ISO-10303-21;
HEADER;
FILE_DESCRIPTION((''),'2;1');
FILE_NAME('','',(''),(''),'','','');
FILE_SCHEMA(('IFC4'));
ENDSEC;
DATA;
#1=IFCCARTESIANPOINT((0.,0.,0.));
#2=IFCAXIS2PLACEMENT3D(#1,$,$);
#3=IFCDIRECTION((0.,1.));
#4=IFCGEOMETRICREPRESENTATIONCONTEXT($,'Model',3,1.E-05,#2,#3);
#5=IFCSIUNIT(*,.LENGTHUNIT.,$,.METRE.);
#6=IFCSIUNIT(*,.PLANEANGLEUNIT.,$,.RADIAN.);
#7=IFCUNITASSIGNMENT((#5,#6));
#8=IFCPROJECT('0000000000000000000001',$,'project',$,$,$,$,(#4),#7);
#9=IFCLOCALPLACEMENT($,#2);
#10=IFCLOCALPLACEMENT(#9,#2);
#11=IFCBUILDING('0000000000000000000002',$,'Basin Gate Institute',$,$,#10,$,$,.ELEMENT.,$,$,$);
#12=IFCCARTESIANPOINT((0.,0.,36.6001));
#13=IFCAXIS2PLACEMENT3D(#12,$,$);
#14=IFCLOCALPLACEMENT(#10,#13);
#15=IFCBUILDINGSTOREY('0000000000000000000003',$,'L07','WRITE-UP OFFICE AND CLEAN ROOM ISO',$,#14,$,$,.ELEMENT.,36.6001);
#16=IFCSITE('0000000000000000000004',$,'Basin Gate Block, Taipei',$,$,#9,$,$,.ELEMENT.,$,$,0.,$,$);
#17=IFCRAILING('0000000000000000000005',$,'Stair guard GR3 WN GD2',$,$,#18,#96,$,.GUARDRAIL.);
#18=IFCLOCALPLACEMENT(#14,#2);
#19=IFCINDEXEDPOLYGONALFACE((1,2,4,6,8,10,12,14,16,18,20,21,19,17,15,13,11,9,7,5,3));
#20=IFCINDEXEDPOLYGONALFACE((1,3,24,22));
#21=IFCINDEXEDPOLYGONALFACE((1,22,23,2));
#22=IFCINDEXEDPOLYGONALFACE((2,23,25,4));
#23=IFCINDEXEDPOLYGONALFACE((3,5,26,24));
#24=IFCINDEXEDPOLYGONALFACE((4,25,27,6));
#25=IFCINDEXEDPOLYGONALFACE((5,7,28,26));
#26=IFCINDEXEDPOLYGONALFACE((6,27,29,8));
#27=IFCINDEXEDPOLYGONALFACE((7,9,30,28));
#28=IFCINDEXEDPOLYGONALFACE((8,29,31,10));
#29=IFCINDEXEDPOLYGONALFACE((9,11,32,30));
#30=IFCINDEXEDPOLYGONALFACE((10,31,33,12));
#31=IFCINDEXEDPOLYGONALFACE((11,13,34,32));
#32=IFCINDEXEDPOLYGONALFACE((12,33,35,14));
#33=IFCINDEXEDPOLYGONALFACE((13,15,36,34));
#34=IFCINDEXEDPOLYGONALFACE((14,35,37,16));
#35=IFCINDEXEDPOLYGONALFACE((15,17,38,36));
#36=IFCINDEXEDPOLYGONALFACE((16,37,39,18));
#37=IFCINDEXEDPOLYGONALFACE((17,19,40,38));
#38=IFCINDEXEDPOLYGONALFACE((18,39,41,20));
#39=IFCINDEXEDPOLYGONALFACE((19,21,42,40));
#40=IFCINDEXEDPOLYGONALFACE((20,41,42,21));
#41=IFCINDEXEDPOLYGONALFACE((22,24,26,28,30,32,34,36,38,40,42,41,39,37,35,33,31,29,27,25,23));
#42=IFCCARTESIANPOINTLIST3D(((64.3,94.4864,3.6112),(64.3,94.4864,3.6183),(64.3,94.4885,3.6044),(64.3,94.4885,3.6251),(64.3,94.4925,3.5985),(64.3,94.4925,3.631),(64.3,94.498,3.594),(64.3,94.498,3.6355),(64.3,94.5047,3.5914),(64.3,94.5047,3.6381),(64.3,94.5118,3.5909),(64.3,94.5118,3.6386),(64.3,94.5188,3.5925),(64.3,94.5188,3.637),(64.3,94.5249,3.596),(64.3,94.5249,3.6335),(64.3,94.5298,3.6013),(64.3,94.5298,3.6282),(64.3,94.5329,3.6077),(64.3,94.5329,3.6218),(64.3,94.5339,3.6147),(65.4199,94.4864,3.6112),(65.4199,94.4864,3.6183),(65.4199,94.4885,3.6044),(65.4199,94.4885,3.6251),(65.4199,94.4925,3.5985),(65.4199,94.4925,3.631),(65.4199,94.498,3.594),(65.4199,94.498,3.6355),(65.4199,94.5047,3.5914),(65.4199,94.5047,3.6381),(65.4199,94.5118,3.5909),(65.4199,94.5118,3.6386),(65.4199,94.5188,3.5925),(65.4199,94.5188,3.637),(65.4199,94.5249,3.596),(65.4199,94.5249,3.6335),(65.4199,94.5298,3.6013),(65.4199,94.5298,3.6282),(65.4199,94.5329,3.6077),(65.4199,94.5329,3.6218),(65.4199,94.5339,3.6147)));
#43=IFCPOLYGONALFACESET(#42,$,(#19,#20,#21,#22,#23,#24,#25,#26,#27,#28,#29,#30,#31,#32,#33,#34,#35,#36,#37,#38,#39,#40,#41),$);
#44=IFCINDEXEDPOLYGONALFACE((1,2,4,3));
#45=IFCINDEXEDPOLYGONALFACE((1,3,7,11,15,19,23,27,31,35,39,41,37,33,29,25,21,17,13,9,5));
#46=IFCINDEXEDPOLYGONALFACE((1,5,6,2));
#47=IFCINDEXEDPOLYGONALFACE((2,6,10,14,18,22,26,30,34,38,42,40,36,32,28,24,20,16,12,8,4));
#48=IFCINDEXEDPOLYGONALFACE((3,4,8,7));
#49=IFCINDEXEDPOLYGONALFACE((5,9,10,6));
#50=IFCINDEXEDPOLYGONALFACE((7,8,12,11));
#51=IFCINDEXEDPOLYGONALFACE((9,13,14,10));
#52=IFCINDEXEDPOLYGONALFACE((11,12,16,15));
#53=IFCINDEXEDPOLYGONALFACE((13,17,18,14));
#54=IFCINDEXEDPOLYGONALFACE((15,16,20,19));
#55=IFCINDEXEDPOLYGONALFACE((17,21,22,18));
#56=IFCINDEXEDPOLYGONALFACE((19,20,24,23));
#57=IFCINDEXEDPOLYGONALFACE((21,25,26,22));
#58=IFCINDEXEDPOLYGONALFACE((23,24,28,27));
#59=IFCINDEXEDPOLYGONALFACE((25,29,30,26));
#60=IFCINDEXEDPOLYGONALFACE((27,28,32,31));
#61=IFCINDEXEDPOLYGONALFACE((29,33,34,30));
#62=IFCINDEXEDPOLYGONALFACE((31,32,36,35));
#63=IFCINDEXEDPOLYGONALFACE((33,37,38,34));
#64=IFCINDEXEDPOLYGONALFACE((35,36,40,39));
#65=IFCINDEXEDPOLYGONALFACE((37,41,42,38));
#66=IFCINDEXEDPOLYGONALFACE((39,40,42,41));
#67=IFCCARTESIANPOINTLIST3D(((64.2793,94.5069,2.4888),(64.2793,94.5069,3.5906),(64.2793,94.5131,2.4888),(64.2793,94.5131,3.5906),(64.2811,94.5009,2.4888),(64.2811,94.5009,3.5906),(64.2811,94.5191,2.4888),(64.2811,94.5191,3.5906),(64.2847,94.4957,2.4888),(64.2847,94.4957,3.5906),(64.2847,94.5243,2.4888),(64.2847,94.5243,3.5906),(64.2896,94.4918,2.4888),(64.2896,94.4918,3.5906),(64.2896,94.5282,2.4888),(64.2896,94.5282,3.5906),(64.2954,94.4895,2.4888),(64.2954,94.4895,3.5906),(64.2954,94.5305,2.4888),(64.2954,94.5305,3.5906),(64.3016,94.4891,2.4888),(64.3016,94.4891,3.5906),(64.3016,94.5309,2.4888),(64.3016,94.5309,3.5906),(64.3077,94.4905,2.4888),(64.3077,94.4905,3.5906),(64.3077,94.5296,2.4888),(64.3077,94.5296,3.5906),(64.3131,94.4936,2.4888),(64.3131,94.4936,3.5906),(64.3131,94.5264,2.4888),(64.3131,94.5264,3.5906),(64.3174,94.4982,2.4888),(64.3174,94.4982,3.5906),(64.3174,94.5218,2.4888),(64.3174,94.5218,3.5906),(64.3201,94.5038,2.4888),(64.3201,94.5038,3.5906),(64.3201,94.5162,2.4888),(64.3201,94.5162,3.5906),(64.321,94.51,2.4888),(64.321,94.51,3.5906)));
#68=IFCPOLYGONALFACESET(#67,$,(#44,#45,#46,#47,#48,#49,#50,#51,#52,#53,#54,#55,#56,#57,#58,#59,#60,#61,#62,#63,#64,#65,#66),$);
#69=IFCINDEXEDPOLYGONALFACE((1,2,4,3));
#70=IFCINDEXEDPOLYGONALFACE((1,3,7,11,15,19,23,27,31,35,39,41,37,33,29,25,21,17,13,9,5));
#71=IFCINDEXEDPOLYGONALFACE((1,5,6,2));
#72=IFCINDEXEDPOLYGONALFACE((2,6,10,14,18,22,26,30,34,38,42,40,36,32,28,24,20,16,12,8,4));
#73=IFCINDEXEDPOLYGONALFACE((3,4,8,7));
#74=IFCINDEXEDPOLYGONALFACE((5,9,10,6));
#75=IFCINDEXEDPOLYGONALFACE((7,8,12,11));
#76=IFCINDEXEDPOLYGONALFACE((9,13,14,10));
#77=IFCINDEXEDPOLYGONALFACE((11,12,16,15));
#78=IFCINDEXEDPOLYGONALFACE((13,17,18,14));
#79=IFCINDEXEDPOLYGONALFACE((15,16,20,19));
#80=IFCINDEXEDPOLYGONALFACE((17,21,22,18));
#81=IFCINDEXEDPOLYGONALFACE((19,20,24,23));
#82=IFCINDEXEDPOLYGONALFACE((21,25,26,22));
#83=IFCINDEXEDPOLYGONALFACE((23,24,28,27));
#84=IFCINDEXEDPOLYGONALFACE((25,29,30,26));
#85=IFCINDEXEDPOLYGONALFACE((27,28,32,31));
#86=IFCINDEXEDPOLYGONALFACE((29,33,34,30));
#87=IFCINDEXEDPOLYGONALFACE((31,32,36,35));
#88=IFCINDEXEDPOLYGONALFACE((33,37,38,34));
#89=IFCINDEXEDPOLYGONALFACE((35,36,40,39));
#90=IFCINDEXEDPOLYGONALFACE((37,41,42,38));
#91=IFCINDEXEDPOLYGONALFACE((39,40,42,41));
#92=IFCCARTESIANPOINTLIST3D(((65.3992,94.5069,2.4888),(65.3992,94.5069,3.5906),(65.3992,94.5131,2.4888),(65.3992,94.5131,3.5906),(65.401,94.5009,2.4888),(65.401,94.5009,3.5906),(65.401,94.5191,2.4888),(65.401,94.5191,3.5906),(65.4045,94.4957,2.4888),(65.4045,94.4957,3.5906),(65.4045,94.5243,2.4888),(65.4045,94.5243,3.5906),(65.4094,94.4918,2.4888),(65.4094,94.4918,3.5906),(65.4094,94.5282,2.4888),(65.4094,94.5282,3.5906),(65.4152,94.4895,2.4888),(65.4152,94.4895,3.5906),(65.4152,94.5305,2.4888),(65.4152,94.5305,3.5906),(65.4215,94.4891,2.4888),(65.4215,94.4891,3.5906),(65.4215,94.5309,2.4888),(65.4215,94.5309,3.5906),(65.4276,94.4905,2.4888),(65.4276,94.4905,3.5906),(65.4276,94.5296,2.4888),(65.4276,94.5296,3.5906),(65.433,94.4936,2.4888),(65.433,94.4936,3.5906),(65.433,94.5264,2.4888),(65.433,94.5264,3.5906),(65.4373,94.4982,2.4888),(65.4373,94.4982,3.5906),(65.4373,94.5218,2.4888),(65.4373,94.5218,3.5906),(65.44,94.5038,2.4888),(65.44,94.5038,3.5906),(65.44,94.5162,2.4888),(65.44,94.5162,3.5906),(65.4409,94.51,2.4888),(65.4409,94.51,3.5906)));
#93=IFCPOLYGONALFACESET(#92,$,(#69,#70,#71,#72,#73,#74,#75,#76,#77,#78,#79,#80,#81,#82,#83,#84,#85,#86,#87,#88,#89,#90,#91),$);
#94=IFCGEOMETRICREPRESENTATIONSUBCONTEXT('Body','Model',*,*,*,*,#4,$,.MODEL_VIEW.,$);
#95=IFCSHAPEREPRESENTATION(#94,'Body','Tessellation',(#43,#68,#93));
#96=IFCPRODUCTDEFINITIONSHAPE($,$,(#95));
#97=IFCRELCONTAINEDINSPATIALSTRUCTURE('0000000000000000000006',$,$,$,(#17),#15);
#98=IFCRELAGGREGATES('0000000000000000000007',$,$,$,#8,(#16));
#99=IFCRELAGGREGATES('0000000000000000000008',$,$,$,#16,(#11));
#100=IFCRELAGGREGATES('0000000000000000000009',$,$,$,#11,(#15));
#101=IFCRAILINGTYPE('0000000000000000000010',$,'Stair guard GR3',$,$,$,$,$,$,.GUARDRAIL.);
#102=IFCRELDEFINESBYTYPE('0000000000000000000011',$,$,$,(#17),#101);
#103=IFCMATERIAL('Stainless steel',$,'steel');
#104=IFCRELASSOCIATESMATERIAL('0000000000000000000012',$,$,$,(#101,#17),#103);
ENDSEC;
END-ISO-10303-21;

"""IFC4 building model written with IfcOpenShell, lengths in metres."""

from ifc_helpers import new_model, si_unit, direction, frame, origin, origin_2d, place, context, subcontext, project, spatial, circle, extrude, material, type_object, element, save


model = new_model("IFC4")

# Units and contexts
model_context = context("Model", 3, precision=1e-05, world=origin(), true_north=direction((0.0, 1.0)))
body_context = subcontext(model_context, "Body", "Model", "MODEL_VIEW")
ifc_project = project(units=[si_unit("LENGTHUNIT", "METRE"), si_unit("PLANEANGLEUNIT", "RADIAN")], contexts=[model_context])

# Site, building, storey
site_placement = place(None, origin())
site = spatial("IfcSite", under=ifc_project, at=site_placement, Name="Basin Gate Block, Taipei", CompositionType="ELEMENT", RefElevation=0.0)
building_placement = place(site_placement, origin())
building = spatial("IfcBuilding", under=site, at=building_placement, Name="Basin Gate Institute", CompositionType="ELEMENT")
storey_placement = place(building_placement, frame((0.0, 0.0, 36.6001)))
storey = spatial("IfcBuildingStorey", under=building, at=storey_placement, Name="L07", Description="WRITE-UP OFFICE AND CLEAN ROOM ISO", CompositionType="ELEMENT", Elevation=36.6001)

# Railing
ifc_material_1 = material(Name="Stainless steel", Category="steel")
railing_type_1 = type_object("IfcRailingType", Name="Stair guard GR3", PredefinedType="GUARDRAIL", material=ifc_material_1)
railing_1_placement = place(storey_placement, frame((64.3, 94.51, 2.4888)))
element("IfcRailing", 1, at=railing_1_placement, inside=storey, type_object=railing_type_1, material=ifc_material_1, Name="Stair guard GR3 WN GD2", PredefinedType="GUARDRAIL", context=body_context, shape_type="SweptSolid", body=[
    extrude(circle(Radius=0.0239, at=origin_2d()), frame((0.0, 0.0, 1.126), z_axis=(1.0, 0.0, 0.0), x_axis=(0.0, 1.0, 0.0)), (0.0, 0.0, 1.0), 1.1199),
    extrude(circle(Radius=0.021, at=origin_2d()), origin(), (0.0, 0.0, 1.0), 1.1018),
    extrude(circle(Radius=0.021, at=origin_2d()), frame((1.1199, 0.0, 0.0)), (0.0, 0.0, 1.0), 1.1018),
])

save(model, "model.ifc")
